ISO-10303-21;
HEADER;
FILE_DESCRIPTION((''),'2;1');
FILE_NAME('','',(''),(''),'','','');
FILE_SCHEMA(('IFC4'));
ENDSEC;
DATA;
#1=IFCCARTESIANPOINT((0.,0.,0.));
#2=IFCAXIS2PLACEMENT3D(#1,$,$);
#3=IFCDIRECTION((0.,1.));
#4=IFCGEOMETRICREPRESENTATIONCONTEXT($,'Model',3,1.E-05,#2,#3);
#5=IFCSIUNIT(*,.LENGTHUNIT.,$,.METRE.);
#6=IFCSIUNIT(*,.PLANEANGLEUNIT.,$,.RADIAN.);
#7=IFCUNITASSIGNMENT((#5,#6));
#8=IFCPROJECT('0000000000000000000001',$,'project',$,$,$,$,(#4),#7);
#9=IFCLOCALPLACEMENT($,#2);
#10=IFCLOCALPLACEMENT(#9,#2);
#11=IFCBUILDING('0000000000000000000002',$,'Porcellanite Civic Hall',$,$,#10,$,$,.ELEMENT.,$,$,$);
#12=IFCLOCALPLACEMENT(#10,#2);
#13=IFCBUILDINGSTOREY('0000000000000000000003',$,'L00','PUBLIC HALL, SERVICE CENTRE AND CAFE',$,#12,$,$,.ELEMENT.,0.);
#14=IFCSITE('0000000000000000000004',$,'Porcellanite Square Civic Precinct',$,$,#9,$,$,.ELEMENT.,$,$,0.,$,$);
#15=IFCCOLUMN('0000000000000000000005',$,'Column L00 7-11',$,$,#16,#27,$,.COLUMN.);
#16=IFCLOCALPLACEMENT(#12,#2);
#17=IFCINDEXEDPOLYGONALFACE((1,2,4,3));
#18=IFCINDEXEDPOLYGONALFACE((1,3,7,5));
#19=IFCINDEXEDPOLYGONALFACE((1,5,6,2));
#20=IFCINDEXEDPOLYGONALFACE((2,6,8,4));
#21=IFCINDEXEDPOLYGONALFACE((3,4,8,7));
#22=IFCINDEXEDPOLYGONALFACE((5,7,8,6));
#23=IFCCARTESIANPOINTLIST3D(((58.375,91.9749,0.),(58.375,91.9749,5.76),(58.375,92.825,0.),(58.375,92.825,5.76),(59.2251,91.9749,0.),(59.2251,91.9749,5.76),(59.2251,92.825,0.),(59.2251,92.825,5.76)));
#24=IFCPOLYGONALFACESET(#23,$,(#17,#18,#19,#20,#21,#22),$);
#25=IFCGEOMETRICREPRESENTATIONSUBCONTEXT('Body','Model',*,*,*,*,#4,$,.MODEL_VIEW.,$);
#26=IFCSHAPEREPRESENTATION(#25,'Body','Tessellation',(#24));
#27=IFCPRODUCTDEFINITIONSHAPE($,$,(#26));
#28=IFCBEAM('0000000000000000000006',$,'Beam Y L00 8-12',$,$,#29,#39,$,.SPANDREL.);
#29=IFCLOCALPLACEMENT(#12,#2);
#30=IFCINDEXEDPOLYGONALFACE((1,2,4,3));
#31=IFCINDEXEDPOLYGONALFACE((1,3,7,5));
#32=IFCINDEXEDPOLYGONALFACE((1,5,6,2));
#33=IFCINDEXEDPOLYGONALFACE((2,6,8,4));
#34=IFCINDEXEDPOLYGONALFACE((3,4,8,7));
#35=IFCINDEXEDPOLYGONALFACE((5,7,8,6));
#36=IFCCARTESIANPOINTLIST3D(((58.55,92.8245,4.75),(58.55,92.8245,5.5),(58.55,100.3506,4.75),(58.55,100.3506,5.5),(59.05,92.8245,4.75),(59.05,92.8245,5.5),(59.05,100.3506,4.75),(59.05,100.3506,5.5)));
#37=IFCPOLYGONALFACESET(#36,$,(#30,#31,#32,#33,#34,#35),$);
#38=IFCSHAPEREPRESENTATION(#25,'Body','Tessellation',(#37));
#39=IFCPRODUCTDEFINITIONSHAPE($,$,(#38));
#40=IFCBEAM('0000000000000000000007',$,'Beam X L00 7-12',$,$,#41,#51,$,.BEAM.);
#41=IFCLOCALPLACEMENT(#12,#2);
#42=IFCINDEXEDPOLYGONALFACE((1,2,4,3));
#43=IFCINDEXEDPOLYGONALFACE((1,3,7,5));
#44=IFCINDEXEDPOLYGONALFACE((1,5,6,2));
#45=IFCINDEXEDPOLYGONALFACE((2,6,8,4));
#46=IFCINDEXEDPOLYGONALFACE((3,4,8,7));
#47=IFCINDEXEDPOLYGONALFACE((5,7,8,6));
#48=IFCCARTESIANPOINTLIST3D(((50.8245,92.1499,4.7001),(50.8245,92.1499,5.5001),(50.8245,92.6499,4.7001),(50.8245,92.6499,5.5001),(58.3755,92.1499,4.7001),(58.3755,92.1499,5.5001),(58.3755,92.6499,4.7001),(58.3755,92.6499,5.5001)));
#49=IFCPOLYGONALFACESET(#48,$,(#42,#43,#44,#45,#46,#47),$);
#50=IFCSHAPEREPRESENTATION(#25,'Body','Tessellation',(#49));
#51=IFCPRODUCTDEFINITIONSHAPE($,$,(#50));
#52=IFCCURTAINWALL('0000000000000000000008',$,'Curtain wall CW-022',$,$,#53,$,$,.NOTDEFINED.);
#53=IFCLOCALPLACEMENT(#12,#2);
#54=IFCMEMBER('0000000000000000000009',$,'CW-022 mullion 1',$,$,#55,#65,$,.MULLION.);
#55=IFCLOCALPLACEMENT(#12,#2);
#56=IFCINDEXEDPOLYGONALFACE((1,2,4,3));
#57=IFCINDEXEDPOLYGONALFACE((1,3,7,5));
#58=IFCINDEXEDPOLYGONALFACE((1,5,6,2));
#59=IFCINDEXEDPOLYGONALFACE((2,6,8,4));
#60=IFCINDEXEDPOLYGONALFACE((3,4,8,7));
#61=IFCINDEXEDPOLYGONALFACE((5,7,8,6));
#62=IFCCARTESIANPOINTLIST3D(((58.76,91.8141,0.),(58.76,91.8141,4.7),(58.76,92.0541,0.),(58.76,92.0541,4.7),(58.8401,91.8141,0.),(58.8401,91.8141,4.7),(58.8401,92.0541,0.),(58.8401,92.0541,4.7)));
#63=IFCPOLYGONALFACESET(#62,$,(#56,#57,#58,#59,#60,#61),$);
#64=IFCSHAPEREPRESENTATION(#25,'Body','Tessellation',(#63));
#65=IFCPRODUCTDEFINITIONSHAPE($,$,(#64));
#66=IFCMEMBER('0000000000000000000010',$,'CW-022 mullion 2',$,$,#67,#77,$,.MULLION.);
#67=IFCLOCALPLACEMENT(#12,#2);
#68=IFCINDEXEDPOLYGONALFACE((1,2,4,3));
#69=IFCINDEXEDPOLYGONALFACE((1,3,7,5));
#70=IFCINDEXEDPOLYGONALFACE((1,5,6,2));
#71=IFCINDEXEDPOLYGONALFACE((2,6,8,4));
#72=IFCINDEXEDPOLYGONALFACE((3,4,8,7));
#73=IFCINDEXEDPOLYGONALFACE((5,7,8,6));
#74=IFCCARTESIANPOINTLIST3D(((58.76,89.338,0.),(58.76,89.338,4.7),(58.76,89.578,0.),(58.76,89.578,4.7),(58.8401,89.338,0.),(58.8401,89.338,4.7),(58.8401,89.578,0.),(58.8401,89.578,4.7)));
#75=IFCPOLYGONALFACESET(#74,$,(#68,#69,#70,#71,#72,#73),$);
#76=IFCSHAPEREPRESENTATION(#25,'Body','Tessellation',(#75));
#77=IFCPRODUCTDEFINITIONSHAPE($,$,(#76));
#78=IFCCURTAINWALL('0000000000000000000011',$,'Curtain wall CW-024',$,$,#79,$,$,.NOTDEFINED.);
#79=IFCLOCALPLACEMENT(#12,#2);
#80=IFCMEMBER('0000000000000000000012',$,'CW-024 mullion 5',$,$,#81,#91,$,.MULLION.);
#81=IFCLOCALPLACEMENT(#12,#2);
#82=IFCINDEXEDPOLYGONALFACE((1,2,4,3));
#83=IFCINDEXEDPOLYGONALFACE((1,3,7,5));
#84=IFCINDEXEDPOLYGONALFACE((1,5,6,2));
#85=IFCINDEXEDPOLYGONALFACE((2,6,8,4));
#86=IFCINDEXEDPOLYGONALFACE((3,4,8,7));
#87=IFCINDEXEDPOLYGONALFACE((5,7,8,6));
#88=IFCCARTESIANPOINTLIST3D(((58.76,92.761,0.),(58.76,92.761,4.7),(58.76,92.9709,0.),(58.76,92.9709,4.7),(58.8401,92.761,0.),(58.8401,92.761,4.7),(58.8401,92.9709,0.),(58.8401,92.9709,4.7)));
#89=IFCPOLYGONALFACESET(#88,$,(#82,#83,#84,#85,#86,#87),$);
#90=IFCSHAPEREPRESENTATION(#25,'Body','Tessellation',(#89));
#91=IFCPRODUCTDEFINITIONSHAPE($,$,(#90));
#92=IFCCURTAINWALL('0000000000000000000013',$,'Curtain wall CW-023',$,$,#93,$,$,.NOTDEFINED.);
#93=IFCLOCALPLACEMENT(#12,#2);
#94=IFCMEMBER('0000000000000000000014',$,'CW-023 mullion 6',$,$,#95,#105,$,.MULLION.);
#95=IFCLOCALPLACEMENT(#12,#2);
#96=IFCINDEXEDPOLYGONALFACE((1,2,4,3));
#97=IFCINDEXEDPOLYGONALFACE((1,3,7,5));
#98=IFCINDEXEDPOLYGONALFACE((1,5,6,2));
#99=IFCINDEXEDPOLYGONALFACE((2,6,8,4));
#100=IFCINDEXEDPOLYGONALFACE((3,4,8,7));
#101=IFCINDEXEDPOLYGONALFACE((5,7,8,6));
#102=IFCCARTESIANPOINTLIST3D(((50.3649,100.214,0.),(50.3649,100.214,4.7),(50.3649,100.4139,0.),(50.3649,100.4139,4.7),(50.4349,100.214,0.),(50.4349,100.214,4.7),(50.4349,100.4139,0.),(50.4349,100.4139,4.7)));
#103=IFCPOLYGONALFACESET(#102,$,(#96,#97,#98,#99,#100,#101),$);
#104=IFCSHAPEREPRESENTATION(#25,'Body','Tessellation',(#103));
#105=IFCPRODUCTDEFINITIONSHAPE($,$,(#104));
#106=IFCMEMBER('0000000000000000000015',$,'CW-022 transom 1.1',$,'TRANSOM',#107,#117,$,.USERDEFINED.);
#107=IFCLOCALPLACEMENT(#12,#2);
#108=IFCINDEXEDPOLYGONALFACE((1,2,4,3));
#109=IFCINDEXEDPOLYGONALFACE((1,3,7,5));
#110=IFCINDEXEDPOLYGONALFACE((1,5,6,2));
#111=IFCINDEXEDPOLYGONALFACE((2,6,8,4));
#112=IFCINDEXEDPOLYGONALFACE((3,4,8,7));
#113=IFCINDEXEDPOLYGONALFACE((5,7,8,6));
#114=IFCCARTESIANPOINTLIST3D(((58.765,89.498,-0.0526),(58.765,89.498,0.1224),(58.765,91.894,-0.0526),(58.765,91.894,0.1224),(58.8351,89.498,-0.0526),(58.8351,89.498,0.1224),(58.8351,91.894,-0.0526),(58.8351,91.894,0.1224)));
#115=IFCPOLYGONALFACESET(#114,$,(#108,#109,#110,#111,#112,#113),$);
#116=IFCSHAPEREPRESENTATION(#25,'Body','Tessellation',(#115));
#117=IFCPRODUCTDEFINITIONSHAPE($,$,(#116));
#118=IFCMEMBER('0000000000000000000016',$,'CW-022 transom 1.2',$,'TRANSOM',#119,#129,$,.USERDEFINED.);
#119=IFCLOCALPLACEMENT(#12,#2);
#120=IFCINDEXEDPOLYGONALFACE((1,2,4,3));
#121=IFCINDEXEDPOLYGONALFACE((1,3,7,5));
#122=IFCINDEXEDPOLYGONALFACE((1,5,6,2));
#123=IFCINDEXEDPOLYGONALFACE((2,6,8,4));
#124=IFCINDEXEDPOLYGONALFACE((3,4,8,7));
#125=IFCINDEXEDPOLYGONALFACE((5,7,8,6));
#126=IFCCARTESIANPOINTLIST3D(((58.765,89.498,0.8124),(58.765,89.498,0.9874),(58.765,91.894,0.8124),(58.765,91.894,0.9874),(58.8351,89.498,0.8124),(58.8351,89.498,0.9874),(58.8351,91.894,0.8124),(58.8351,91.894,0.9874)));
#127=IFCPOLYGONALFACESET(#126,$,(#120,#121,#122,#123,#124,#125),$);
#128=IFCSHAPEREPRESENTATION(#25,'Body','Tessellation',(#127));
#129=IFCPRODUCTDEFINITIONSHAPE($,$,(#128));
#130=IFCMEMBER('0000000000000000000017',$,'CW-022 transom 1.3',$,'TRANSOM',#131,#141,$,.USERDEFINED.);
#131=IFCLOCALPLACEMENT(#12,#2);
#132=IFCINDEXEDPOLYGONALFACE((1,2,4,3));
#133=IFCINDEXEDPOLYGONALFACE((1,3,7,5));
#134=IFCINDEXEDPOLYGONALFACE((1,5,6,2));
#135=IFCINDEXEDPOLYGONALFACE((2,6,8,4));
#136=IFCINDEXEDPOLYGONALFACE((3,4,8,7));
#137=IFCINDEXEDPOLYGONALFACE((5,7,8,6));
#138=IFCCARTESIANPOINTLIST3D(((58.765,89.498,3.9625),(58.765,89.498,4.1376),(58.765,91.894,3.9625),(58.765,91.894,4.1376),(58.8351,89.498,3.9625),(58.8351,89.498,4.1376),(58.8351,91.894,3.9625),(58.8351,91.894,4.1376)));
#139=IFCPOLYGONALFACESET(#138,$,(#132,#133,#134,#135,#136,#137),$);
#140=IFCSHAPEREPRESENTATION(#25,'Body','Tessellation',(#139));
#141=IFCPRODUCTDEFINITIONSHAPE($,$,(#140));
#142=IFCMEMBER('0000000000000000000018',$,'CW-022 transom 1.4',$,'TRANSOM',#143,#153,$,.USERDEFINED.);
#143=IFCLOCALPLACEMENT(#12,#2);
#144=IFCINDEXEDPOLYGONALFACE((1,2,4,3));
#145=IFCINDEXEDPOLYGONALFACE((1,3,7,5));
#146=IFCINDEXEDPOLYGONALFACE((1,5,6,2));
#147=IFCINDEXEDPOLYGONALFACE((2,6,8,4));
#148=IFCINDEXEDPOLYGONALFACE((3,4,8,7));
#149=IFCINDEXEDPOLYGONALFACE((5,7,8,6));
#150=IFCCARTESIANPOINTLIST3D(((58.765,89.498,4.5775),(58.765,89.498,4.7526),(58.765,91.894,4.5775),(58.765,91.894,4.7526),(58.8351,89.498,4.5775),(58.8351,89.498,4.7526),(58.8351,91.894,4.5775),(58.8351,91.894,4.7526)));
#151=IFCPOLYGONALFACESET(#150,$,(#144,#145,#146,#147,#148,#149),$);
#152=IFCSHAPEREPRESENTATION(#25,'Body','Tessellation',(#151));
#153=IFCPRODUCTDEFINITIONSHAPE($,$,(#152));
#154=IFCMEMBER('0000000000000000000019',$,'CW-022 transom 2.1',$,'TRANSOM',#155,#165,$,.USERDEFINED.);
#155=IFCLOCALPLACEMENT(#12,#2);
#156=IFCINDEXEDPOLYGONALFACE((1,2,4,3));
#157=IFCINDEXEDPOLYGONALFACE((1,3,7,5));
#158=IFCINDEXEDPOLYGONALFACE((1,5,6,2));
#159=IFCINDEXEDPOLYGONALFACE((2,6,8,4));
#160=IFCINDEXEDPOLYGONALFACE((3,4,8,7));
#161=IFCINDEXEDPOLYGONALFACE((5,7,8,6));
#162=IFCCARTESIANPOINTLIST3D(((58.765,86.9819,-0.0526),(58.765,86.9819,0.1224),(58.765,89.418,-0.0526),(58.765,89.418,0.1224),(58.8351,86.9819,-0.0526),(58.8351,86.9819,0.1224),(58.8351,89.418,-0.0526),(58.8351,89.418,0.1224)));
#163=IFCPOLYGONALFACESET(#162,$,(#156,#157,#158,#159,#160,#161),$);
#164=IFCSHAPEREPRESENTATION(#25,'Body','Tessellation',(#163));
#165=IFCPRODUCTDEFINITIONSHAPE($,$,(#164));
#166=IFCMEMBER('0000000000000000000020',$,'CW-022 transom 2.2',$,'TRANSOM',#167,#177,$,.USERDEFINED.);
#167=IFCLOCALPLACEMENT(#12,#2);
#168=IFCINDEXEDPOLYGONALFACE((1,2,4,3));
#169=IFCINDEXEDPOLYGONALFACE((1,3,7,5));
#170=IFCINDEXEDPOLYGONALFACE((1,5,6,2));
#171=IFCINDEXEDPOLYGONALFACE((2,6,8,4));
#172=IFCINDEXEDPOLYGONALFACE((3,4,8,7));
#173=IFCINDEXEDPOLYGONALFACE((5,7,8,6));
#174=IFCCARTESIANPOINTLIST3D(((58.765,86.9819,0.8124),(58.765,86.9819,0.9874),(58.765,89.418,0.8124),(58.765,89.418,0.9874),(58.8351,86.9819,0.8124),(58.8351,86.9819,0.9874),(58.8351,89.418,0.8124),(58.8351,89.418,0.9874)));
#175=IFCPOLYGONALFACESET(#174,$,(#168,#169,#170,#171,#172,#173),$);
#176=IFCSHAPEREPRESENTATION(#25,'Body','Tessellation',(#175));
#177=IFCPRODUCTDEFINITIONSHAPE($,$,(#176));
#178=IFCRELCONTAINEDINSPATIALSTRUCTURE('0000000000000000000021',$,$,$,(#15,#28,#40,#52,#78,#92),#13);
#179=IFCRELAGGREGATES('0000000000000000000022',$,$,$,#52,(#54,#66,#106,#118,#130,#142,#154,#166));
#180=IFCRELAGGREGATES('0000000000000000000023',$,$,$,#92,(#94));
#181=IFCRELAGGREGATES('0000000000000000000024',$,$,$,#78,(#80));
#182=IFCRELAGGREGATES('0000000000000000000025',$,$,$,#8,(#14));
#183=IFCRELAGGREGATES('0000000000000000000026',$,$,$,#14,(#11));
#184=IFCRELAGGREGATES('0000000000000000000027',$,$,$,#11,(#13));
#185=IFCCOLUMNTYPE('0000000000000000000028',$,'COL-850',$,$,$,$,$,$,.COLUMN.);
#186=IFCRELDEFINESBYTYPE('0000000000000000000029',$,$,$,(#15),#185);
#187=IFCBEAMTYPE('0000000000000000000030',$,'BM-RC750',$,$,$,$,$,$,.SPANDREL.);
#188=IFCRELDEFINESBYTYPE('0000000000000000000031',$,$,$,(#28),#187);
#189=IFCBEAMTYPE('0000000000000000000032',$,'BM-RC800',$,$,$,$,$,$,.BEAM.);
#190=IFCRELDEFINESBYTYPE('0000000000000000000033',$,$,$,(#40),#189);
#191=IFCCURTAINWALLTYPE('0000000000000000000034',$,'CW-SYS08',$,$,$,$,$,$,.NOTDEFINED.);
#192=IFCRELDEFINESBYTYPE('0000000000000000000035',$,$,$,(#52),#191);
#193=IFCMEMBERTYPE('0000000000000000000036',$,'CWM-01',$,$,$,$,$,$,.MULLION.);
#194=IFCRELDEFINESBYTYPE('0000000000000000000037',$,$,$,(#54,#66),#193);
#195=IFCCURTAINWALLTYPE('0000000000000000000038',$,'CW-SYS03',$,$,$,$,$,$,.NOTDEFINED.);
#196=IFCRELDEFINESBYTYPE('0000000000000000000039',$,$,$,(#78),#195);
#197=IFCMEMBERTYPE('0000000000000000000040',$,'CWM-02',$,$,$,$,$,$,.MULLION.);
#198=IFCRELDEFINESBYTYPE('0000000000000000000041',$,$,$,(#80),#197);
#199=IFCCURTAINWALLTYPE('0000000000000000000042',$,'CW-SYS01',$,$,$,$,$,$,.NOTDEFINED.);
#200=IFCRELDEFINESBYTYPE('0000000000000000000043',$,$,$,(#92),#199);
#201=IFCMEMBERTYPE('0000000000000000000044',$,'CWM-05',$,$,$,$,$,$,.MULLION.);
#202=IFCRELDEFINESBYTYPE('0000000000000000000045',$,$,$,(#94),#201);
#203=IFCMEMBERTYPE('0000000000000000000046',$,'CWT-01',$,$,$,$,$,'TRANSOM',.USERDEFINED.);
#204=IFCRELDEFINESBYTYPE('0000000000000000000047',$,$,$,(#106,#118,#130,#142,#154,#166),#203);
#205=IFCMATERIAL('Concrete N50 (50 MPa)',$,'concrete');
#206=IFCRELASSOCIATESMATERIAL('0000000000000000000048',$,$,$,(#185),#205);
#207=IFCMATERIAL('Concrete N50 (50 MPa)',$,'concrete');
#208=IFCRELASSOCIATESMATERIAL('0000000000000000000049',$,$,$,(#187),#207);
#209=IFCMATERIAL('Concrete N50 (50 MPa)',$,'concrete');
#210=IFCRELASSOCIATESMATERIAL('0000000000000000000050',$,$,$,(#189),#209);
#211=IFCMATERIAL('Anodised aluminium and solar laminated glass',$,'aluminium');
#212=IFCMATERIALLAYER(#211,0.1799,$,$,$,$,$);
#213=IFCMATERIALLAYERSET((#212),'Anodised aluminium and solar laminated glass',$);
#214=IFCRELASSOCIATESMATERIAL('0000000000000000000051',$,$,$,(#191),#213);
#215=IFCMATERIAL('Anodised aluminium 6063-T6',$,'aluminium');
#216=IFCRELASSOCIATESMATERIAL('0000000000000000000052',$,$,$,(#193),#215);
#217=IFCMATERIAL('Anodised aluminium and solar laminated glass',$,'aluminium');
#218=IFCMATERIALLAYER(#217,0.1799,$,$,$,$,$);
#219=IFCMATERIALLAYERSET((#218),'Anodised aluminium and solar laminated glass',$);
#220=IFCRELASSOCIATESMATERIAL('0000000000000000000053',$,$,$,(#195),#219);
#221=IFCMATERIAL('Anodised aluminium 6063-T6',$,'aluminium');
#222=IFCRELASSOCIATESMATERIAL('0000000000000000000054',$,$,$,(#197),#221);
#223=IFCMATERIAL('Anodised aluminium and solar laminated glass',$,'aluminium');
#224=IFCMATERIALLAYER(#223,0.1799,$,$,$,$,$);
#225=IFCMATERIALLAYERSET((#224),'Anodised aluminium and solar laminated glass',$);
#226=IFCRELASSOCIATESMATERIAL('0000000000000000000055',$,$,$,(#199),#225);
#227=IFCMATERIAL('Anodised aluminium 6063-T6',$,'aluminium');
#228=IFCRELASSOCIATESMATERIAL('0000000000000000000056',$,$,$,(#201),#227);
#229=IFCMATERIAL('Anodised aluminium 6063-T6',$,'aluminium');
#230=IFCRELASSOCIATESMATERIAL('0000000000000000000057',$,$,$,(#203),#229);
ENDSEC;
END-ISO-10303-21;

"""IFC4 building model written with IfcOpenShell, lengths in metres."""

from ifc_helpers import new_model, si_unit, direction, frame, origin, origin_2d, place, context, subcontext, project, spatial, rectangle, extrude, material, layer, layer_set, material_profile, profile_set, type_object, element, aggregate, save


model = new_model("IFC4")

# Units and contexts
model_context = context("Model", 3, precision=1e-05, world=origin(), true_north=direction((0.0, 1.0)))
body_context = subcontext(model_context, "Body", "Model", "MODEL_VIEW")
ifc_project = project(units=[si_unit("LENGTHUNIT", "METRE"), si_unit("PLANEANGLEUNIT", "RADIAN")], contexts=[model_context])

# Site, building, storey
site_placement = place(None, origin())
site = spatial("IfcSite", under=ifc_project, at=site_placement, Name="Porcellanite Square Civic Precinct", CompositionType="ELEMENT", RefElevation=0.0)
building_placement = place(site_placement, origin())
building = spatial("IfcBuilding", under=site, at=building_placement, Name="Porcellanite Civic Hall", CompositionType="ELEMENT")
storey_placement = place(building_placement, origin())
storey = spatial("IfcBuildingStorey", under=building, at=storey_placement, Name="L00", Description="PUBLIC HALL, SERVICE CENTRE AND CAFE", CompositionType="ELEMENT", Elevation=0.0)

# Column
ifc_material_1 = material(Name="Concrete N50 (50 MPa)", Category="concrete")
ifc_material_profile_1 = material_profile(ifc_material_1, rectangle(XDim=0.8501, YDim=0.8501, at=origin_2d()), Name="RC-850x850")
ifc_profile_set_1 = profile_set([ifc_material_profile_1], Name="Concrete N50 (50 MPa)")
column_type = type_object("IfcColumnType", Name="COL-850", PredefinedType="COLUMN", material=ifc_profile_set_1)
column_placement = place(storey_placement, frame((58.8, 92.3999, 0.0), z_axis=(0.0, 0.0, 1.0), x_axis=(1.0, 0.0, 0.0)))
element("IfcColumn", 1, at=column_placement, inside=storey, type_object=column_type, Name="Column L00 7-11", PredefinedType="COLUMN", context=body_context, shape_type="SweptSolid", body=[
    extrude(rectangle(XDim=0.8501, YDim=0.8501, at=origin_2d()), origin(), (0.0, 0.0, 1.0), 5.76),
])

# Beams
ifc_material_2 = material(Name="Concrete N50 (50 MPa)", Category="concrete")
ifc_material_profile_2 = material_profile(ifc_material_2, rectangle(XDim=0.5, YDim=0.75, at=origin_2d()), Name="RC-500x750")
ifc_profile_set_2 = profile_set([ifc_material_profile_2], Name="Concrete N50 (50 MPa)")
beam_type_1 = type_object("IfcBeamType", Name="BM-RC750", PredefinedType="SPANDREL", material=ifc_profile_set_2)
beam_1_placement = place(storey_placement, frame((58.8, 92.8245, 5.125), z_axis=(0.0, 1.0, 0.0), x_axis=(-1.0, 0.0, 0.0)))
element("IfcBeam", 2, at=beam_1_placement, inside=storey, type_object=beam_type_1, Name="Beam Y L00 8-12", PredefinedType="SPANDREL", context=body_context, shape_type="SweptSolid", body=[
    extrude(rectangle(XDim=0.5, YDim=0.75, at=origin_2d()), origin(), (0.0, 0.0, 1.0), 7.5261),
])
ifc_material_3 = material(Name="Concrete N50 (50 MPa)", Category="concrete")
ifc_material_profile_3 = material_profile(ifc_material_3, rectangle(XDim=0.5, YDim=0.8, at=origin_2d()), Name="RC-500x800")
ifc_profile_set_3 = profile_set([ifc_material_profile_3], Name="Concrete N50 (50 MPa)")
beam_type_2 = type_object("IfcBeamType", Name="BM-RC800", PredefinedType="BEAM", material=ifc_profile_set_3)
beam_2_placement = place(storey_placement, frame((50.8245, 92.3999, 5.1001), z_axis=(1.0, 0.0, 0.0), x_axis=(0.0, 1.0, 0.0)))
element("IfcBeam", 3, at=beam_2_placement, inside=storey, type_object=beam_type_2, Name="Beam X L00 7-12", PredefinedType="BEAM", context=body_context, shape_type="SweptSolid", body=[
    extrude(rectangle(XDim=0.5, YDim=0.8, at=origin_2d()), origin(), (0.0, 0.0, 1.0), 7.551),
])

# Curtain wall, members
ifc_material_4 = material(Name="Anodised aluminium and solar laminated glass", Category="aluminium")
ifc_layer_1 = layer(ifc_material_4, 0.1799)
ifc_layer_set_1 = layer_set([ifc_layer_1], Name="Anodised aluminium and solar laminated glass")
curtain_wall_type_1 = type_object("IfcCurtainWallType", Name="CW-SYS08", PredefinedType="NOTDEFINED", material=ifc_layer_set_1)
curtain_wall_1_placement = place(storey_placement, origin())
curtain_wall_1 = element("IfcCurtainWall", 4, at=curtain_wall_1_placement, inside=storey, type_object=curtain_wall_type_1, Name="Curtain wall CW-022", PredefinedType="NOTDEFINED")
ifc_material_5 = material(Name="Anodised aluminium 6063-T6", Category="aluminium")
ifc_material_profile_4 = material_profile(ifc_material_5, rectangle(XDim=0.0801, YDim=0.24, at=origin_2d()), Name="AL-80x240")
ifc_profile_set_4 = profile_set([ifc_material_profile_4], Name="Anodised aluminium 6063-T6")
member_type_1 = type_object("IfcMemberType", Name="CWM-01", PredefinedType="MULLION", material=ifc_profile_set_4)
member_1_placement = place(storey_placement, frame((58.8, 91.9341, 0.0), z_axis=(0.0, 0.0, 1.0), x_axis=(1.0, 0.0, 0.0)))
member_1 = element("IfcMember", 5, at=member_1_placement, type_object=member_type_1, Name="CW-022 mullion 1", PredefinedType="MULLION", context=body_context, shape_type="SweptSolid", body=[
    extrude(rectangle(XDim=0.0801, YDim=0.24, at=origin_2d()), origin(), (0.0, 0.0, 1.0), 4.7),
])
member_2_placement = place(storey_placement, frame((58.8, 89.458, 0.0), z_axis=(0.0, 0.0, 1.0), x_axis=(1.0, 0.0, 0.0)))
member_2 = element("IfcMember", 6, at=member_2_placement, type_object=member_type_1, Name="CW-022 mullion 2", PredefinedType="MULLION", context=body_context, shape_type="SweptSolid", body=[
    extrude(rectangle(XDim=0.0801, YDim=0.24, at=origin_2d()), origin(), (0.0, 0.0, 1.0), 4.7),
])

# Curtain walls, members
ifc_material_6 = material(Name="Anodised aluminium and solar laminated glass", Category="aluminium")
ifc_layer_2 = layer(ifc_material_6, 0.1799)
ifc_layer_set_2 = layer_set([ifc_layer_2], Name="Anodised aluminium and solar laminated glass")
curtain_wall_type_2 = type_object("IfcCurtainWallType", Name="CW-SYS03", PredefinedType="NOTDEFINED", material=ifc_layer_set_2)
curtain_wall_2_placement = place(storey_placement, origin())
curtain_wall_2 = element("IfcCurtainWall", 7, at=curtain_wall_2_placement, inside=storey, type_object=curtain_wall_type_2, Name="Curtain wall CW-024", PredefinedType="NOTDEFINED")
ifc_material_7 = material(Name="Anodised aluminium 6063-T6", Category="aluminium")
ifc_material_profile_5 = material_profile(ifc_material_7, rectangle(XDim=0.0801, YDim=0.21, at=origin_2d()), Name="AL-80x210")
ifc_profile_set_5 = profile_set([ifc_material_profile_5], Name="Anodised aluminium 6063-T6")
member_type_2 = type_object("IfcMemberType", Name="CWM-02", PredefinedType="MULLION", material=ifc_profile_set_5)
member_3_placement = place(storey_placement, frame((58.8, 92.866, 0.0), z_axis=(0.0, 0.0, 1.0), x_axis=(1.0, 0.0, 0.0)))
member_3 = element("IfcMember", 8, at=member_3_placement, type_object=member_type_2, Name="CW-024 mullion 5", PredefinedType="MULLION", context=body_context, shape_type="SweptSolid", body=[
    extrude(rectangle(XDim=0.0801, YDim=0.21, at=origin_2d()), origin(), (0.0, 0.0, 1.0), 4.7),
])
ifc_material_8 = material(Name="Anodised aluminium and solar laminated glass", Category="aluminium")
ifc_layer_3 = layer(ifc_material_8, 0.1799)
ifc_layer_set_3 = layer_set([ifc_layer_3], Name="Anodised aluminium and solar laminated glass")
curtain_wall_type_3 = type_object("IfcCurtainWallType", Name="CW-SYS01", PredefinedType="NOTDEFINED", material=ifc_layer_set_3)
curtain_wall_3_placement = place(storey_placement, origin())
curtain_wall_3 = element("IfcCurtainWall", 9, at=curtain_wall_3_placement, inside=storey, type_object=curtain_wall_type_3, Name="Curtain wall CW-023", PredefinedType="NOTDEFINED")
ifc_material_9 = material(Name="Anodised aluminium 6063-T6", Category="aluminium")
ifc_material_profile_6 = material_profile(ifc_material_9, rectangle(XDim=0.0701, YDim=0.2, at=origin_2d()), Name="AL-70x200")
ifc_profile_set_6 = profile_set([ifc_material_profile_6], Name="Anodised aluminium 6063-T6")
member_type_3 = type_object("IfcMemberType", Name="CWM-05", PredefinedType="MULLION", material=ifc_profile_set_6)
member_4_placement = place(storey_placement, frame((50.3999, 100.314, 0.0), z_axis=(0.0, 0.0, 1.0), x_axis=(-1.0, 0.0, 0.0)))
member_4 = element("IfcMember", 10, at=member_4_placement, type_object=member_type_3, Name="CW-023 mullion 6", PredefinedType="MULLION", context=body_context, shape_type="SweptSolid", body=[
    extrude(rectangle(XDim=0.0701, YDim=0.2, at=origin_2d()), origin(), (0.0, 0.0, 1.0), 4.7),
])

# Members
ifc_material_10 = material(Name="Anodised aluminium 6063-T6", Category="aluminium")
ifc_material_profile_7 = material_profile(ifc_material_10, rectangle(XDim=0.0701, YDim=0.175, at=origin_2d()), Name="AL-70x175")
ifc_profile_set_7 = profile_set([ifc_material_profile_7], Name="Anodised aluminium 6063-T6")
member_type_4 = type_object("IfcMemberType", Name="CWT-01", ElementType="TRANSOM", PredefinedType="USERDEFINED", material=ifc_profile_set_7)
member_5_placement = place(storey_placement, frame((58.8, 91.894, 0.0349), z_axis=(0.0, -1.0, 0.0), x_axis=(1.0, 0.0, 0.0)))
member_5 = element("IfcMember", 11, at=member_5_placement, type_object=member_type_4, Name="CW-022 transom 1.1", ObjectType="TRANSOM", PredefinedType="USERDEFINED", context=body_context, shape_type="SweptSolid", body=[
    extrude(rectangle(XDim=0.0701, YDim=0.175, at=origin_2d()), origin(), (0.0, 0.0, 1.0), 2.396),
])
member_6_placement = place(storey_placement, frame((58.8, 91.894, 0.8999), z_axis=(0.0, -1.0, 0.0), x_axis=(1.0, 0.0, 0.0)))
member_6 = element("IfcMember", 12, at=member_6_placement, type_object=member_type_4, Name="CW-022 transom 1.2", ObjectType="TRANSOM", PredefinedType="USERDEFINED", context=body_context, shape_type="SweptSolid", body=[
    extrude(rectangle(XDim=0.0701, YDim=0.175, at=origin_2d()), origin(), (0.0, 0.0, 1.0), 2.396),
])
member_7_placement = place(storey_placement, frame((58.8, 91.894, 4.05), z_axis=(0.0, -1.0, 0.0), x_axis=(1.0, 0.0, 0.0)))
member_7 = element("IfcMember", 13, at=member_7_placement, type_object=member_type_4, Name="CW-022 transom 1.3", ObjectType="TRANSOM", PredefinedType="USERDEFINED", context=body_context, shape_type="SweptSolid", body=[
    extrude(rectangle(XDim=0.0701, YDim=0.175, at=origin_2d()), origin(), (0.0, 0.0, 1.0), 2.396),
])
member_8_placement = place(storey_placement, frame((58.8, 91.894, 4.665), z_axis=(0.0, -1.0, 0.0), x_axis=(1.0, 0.0, 0.0)))
member_8 = element("IfcMember", 14, at=member_8_placement, type_object=member_type_4, Name="CW-022 transom 1.4", ObjectType="TRANSOM", PredefinedType="USERDEFINED", context=body_context, shape_type="SweptSolid", body=[
    extrude(rectangle(XDim=0.0701, YDim=0.175, at=origin_2d()), origin(), (0.0, 0.0, 1.0), 2.396),
])
member_9_placement = place(storey_placement, frame((58.8, 89.418, 0.0349), z_axis=(0.0, -1.0, 0.0), x_axis=(1.0, 0.0, 0.0)))
member_9 = element("IfcMember", 15, at=member_9_placement, type_object=member_type_4, Name="CW-022 transom 2.1", ObjectType="TRANSOM", PredefinedType="USERDEFINED", context=body_context, shape_type="SweptSolid", body=[
    extrude(rectangle(XDim=0.0701, YDim=0.175, at=origin_2d()), origin(), (0.0, 0.0, 1.0), 2.436),
])
member_10_placement = place(storey_placement, frame((58.8, 89.418, 0.8999), z_axis=(0.0, -1.0, 0.0), x_axis=(1.0, 0.0, 0.0)))
member_10 = element("IfcMember", 16, at=member_10_placement, type_object=member_type_4, Name="CW-022 transom 2.2", ObjectType="TRANSOM", PredefinedType="USERDEFINED", context=body_context, shape_type="SweptSolid", body=[
    extrude(rectangle(XDim=0.0701, YDim=0.175, at=origin_2d()), origin(), (0.0, 0.0, 1.0), 2.436),
])

aggregate(curtain_wall_1, [member_1, member_2, member_5, member_6, member_7, member_8, member_9, member_10])
aggregate(curtain_wall_3, [member_4])
aggregate(curtain_wall_2, [member_3])

save(model, "model.ifc")
